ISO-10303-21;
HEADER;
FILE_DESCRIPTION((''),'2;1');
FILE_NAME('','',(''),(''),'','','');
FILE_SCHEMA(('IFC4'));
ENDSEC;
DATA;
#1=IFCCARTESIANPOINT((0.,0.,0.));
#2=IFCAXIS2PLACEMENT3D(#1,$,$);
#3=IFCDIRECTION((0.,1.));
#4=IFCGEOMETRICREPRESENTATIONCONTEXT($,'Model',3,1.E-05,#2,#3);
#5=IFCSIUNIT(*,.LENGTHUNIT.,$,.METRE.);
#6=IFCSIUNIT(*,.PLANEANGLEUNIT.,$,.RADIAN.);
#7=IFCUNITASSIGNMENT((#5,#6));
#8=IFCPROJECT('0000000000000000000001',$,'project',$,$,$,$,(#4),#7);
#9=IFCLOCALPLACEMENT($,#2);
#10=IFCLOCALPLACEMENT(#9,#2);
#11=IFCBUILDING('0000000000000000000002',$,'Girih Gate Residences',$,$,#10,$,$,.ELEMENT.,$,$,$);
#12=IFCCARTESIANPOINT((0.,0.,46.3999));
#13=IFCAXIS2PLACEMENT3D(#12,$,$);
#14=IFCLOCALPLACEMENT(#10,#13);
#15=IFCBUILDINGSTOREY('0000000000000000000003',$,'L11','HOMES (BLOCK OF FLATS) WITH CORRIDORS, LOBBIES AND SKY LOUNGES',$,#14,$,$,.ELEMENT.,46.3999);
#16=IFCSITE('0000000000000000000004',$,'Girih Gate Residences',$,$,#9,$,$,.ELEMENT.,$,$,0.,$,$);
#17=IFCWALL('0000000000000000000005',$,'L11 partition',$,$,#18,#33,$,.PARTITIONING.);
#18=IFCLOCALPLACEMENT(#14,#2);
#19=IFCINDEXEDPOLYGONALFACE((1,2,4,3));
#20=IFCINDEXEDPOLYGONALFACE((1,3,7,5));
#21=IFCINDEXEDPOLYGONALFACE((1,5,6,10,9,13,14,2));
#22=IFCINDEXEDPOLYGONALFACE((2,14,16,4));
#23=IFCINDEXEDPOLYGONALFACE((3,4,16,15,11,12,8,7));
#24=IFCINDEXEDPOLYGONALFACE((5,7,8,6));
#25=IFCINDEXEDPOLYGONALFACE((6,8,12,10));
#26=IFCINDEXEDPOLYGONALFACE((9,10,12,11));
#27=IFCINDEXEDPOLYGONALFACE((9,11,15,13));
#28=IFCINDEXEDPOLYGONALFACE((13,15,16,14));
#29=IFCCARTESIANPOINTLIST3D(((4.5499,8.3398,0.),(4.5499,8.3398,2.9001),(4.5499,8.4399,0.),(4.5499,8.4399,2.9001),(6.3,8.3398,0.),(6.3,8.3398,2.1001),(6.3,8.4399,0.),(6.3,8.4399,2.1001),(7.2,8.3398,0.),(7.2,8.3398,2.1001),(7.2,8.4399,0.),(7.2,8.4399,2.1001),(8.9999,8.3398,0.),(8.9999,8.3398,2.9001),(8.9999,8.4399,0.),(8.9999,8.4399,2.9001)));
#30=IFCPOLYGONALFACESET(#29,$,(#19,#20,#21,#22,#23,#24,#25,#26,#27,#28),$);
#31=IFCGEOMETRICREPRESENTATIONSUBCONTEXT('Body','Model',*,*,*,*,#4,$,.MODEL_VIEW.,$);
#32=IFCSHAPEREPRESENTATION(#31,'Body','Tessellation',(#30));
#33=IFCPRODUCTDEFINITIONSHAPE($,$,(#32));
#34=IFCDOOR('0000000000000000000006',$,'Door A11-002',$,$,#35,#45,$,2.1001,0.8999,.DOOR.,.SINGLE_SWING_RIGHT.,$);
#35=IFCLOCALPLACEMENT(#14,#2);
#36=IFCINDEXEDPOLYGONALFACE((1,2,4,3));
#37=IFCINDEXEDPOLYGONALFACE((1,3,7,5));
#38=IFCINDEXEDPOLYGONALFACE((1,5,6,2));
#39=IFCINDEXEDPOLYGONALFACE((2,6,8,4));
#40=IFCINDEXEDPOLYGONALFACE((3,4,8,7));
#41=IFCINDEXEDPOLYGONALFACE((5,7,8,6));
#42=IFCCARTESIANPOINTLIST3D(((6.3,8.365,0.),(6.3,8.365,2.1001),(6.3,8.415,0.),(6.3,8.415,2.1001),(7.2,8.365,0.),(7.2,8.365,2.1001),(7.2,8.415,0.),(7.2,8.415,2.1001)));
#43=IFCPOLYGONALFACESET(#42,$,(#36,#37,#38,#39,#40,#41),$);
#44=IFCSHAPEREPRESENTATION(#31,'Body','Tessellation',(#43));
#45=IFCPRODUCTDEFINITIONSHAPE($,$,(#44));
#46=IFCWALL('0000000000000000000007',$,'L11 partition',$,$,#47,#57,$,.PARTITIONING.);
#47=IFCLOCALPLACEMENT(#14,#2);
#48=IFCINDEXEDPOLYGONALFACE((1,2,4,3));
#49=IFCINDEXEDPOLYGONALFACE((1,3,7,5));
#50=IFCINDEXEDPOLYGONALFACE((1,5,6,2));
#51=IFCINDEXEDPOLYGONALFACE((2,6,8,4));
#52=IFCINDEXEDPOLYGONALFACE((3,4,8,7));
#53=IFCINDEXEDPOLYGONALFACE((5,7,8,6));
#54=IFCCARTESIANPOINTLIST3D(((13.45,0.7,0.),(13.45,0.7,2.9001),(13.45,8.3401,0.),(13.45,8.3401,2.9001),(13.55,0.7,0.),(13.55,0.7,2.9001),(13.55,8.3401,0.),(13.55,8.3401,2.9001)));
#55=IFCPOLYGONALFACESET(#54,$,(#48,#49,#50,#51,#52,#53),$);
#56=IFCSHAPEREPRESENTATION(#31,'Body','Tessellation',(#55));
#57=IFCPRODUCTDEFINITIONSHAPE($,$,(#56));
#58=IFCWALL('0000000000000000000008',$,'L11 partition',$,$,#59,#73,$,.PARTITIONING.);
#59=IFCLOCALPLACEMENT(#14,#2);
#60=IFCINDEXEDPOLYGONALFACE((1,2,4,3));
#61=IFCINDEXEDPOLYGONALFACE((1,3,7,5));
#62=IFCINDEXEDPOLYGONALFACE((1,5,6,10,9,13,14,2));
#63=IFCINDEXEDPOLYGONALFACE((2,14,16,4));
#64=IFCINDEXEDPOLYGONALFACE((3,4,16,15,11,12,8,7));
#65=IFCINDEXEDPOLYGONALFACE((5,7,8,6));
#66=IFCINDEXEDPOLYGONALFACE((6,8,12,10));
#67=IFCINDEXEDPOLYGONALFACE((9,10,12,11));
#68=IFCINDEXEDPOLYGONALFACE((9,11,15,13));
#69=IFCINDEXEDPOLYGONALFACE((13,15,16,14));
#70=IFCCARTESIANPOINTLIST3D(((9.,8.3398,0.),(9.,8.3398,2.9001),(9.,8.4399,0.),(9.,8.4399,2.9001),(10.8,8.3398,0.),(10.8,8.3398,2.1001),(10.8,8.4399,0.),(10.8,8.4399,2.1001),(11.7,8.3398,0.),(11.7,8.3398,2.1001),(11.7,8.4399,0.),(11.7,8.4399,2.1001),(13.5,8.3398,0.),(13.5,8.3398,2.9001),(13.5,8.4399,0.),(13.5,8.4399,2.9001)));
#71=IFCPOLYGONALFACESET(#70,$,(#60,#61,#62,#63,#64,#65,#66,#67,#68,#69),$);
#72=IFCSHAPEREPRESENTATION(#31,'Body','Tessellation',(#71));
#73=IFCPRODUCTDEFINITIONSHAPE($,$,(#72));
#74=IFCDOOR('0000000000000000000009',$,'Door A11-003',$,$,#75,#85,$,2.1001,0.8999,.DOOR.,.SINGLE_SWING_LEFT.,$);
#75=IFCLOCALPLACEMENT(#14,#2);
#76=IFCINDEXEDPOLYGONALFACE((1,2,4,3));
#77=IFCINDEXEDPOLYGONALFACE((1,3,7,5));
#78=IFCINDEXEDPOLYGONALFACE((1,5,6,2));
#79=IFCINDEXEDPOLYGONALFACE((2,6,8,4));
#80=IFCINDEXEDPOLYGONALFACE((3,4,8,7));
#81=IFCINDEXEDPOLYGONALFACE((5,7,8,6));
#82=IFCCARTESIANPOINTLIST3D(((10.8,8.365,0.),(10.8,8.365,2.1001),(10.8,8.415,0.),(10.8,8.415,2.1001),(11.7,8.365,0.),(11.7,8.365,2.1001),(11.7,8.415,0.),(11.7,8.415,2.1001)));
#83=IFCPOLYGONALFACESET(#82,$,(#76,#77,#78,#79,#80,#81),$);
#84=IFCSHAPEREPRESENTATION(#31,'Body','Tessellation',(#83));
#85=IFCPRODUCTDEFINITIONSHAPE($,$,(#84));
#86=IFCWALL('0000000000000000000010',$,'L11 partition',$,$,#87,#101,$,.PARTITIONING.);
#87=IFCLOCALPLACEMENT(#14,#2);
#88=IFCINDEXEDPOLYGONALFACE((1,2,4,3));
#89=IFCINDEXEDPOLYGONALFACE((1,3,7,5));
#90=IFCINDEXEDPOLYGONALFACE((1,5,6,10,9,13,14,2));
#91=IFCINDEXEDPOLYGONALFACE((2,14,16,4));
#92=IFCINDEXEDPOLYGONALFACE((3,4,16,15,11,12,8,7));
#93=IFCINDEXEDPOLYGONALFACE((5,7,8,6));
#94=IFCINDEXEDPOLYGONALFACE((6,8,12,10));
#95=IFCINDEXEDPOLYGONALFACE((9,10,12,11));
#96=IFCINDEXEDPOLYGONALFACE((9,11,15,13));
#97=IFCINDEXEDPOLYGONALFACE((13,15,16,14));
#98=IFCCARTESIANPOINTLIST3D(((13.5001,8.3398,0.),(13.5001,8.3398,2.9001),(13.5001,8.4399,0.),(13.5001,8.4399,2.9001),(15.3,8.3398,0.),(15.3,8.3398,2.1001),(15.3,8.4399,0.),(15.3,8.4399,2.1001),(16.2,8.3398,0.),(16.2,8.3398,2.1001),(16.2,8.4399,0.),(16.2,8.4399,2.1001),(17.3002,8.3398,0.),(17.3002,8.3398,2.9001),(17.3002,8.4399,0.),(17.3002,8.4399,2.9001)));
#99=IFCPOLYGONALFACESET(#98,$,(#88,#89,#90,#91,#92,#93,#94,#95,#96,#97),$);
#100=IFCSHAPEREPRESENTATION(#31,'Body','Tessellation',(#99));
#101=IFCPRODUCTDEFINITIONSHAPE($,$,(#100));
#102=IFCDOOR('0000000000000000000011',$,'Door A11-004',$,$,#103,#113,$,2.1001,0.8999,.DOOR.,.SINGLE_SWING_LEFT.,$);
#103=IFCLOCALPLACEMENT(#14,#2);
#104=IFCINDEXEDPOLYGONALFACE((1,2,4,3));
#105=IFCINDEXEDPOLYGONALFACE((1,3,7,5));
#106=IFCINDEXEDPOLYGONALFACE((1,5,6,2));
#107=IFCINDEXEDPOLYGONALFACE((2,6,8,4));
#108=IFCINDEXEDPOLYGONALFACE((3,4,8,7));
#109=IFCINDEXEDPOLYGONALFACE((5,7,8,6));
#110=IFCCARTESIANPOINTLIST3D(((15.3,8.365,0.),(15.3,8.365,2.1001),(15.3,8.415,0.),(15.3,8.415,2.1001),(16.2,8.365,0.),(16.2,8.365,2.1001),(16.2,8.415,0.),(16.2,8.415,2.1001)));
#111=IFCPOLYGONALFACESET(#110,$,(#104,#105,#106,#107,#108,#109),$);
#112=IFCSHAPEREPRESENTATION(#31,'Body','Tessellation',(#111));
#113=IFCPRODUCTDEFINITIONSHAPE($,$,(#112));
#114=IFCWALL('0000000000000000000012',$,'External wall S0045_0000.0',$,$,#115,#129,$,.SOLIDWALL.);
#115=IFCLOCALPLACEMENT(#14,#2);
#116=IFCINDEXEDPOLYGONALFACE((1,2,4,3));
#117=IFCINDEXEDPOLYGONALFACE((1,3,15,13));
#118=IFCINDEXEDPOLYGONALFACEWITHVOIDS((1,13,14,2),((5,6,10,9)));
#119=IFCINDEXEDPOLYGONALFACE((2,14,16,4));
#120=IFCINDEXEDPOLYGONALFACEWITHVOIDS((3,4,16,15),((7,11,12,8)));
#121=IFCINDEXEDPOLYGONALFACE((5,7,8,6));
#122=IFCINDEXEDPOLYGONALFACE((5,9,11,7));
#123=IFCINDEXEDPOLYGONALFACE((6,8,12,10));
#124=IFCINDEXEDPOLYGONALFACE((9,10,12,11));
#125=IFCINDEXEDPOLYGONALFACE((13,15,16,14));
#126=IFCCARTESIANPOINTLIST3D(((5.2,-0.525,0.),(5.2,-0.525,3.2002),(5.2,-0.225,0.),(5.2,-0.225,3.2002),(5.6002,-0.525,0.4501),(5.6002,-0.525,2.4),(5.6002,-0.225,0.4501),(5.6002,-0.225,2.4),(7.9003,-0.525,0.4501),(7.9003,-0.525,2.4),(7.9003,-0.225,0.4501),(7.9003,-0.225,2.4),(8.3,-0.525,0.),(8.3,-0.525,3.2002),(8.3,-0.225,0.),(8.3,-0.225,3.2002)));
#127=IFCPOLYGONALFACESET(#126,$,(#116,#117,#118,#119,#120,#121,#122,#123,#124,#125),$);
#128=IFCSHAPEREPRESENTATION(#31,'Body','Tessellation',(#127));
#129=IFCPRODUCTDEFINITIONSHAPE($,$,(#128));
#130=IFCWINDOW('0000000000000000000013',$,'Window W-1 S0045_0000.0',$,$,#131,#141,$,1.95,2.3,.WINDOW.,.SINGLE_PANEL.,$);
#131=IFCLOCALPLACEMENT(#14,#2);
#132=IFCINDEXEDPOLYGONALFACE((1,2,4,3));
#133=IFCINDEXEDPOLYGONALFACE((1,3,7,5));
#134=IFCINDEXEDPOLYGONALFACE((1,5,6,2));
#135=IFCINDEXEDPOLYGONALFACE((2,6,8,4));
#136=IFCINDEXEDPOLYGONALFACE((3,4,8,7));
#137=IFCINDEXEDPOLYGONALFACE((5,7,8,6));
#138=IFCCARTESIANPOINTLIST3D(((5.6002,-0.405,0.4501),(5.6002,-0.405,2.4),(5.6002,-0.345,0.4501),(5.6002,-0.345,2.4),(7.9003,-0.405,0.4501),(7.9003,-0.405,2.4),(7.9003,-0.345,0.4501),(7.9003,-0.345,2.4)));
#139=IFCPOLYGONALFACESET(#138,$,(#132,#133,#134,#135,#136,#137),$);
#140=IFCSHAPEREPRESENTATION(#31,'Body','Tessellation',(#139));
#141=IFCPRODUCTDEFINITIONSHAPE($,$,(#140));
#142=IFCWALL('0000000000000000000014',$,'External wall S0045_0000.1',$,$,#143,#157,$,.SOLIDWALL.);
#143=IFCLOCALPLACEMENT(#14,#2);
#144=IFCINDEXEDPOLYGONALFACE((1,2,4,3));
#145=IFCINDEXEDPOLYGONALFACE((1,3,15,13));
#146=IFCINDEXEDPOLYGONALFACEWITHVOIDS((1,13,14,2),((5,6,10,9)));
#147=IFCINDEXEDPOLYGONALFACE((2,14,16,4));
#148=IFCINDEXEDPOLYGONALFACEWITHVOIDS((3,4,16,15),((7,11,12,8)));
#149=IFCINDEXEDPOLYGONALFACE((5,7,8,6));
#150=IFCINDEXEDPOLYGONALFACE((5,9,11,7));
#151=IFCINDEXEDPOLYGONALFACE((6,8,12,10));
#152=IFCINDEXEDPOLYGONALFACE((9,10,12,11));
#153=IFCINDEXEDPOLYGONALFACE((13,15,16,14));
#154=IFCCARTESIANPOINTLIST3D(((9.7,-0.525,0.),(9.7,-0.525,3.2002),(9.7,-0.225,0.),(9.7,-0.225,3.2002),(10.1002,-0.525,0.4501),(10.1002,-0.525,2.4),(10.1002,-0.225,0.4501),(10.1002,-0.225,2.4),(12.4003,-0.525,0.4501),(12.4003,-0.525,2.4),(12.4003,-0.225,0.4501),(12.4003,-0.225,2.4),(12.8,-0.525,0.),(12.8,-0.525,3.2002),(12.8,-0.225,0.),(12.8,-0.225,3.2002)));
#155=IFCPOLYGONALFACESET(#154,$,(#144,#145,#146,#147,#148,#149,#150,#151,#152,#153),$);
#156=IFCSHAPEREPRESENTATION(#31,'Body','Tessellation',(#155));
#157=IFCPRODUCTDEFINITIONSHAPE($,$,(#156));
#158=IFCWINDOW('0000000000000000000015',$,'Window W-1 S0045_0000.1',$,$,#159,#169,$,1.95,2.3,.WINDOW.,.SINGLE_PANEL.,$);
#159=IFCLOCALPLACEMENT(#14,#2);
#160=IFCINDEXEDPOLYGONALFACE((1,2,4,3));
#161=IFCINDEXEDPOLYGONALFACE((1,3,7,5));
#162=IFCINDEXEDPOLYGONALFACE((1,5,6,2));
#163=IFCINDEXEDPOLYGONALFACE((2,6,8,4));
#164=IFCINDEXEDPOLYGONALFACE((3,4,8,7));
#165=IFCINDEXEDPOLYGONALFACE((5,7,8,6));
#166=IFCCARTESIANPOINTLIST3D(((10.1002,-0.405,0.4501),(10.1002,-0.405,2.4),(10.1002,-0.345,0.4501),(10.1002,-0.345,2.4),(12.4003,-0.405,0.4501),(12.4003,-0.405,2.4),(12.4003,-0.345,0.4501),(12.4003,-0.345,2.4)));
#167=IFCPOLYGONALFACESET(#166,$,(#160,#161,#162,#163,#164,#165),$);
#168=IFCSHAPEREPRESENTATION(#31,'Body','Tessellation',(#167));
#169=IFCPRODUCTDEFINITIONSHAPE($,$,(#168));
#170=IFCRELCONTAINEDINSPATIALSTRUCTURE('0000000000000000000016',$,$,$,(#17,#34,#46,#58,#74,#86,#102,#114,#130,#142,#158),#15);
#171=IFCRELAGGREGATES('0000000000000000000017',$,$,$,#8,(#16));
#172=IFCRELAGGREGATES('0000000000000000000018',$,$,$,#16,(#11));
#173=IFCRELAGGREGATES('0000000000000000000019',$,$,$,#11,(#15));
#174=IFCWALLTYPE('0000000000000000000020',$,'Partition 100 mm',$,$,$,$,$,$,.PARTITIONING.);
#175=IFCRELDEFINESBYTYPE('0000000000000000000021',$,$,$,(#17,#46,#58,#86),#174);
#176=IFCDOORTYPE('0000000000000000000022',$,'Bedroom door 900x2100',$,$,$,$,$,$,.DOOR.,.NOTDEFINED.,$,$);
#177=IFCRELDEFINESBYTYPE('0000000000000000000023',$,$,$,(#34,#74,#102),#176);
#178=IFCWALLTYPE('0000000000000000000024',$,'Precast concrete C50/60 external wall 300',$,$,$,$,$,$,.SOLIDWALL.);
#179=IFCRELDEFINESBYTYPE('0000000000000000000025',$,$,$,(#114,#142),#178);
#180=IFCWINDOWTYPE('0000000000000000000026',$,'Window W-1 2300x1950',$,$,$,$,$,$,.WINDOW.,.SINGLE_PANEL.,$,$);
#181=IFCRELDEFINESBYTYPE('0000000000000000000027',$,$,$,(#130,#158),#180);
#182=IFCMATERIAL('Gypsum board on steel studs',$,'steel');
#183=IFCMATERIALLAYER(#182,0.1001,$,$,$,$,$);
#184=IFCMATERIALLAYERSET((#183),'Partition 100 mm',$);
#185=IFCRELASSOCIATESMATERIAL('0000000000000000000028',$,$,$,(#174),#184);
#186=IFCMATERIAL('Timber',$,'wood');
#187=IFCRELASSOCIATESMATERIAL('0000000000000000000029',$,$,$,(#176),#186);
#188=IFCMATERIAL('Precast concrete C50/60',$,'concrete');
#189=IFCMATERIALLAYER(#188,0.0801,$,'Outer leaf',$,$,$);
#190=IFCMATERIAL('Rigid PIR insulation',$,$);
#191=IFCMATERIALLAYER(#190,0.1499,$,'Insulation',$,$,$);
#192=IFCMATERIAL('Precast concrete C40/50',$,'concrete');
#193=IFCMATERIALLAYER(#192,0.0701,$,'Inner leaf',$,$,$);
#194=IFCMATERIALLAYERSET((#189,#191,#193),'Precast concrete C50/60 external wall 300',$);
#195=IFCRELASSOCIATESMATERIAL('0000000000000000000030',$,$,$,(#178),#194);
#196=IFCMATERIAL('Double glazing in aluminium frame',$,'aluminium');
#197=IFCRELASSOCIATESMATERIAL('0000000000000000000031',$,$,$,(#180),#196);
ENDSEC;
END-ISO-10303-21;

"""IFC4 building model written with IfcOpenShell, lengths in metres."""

from ifc_helpers import new_model, si_unit, direction, frame, frame_2d, origin, place, context, subcontext, project, spatial, rectangle, extrude, material, layer, layer_set, type_object, element, fill, save


model = new_model("IFC4")

# Units and contexts
model_context = context("Model", 3, precision=1e-05, world=origin(), true_north=direction((0.0, 1.0)))
body_context = subcontext(model_context, "Body", "Model", "MODEL_VIEW")
ifc_project = project(units=[si_unit("LENGTHUNIT", "METRE"), si_unit("PLANEANGLEUNIT", "RADIAN")], contexts=[model_context])

# Site, building, storey
site_placement = place(None, origin())
site = spatial("IfcSite", under=ifc_project, at=site_placement, Name="Girih Gate Residences", CompositionType="ELEMENT", RefElevation=0.0)
building_placement = place(site_placement, origin())
building = spatial("IfcBuilding", under=site, at=building_placement, Name="Girih Gate Residences", CompositionType="ELEMENT")
storey_placement = place(building_placement, frame((0.0, 0.0, 46.3999)))
storey = spatial("IfcBuildingStorey", under=building, at=storey_placement, Name="L11", Description="HOMES (BLOCK OF FLATS) WITH CORRIDORS, LOBBIES AND SKY LOUNGES", CompositionType="ELEMENT", Elevation=46.3999)

# Shared definitions
ifc_material_1 = material(Name="Gypsum board on steel studs", Category="steel")
ifc_layer_1 = layer(ifc_material_1, 0.1001)
ifc_layer_set_1 = layer_set([ifc_layer_1], Name="Partition 100 mm")
wall_type_1 = type_object("IfcWallType", Name="Partition 100 mm", PredefinedType="PARTITIONING", material=ifc_layer_set_1)

# Wall, opening, door
wall_1_placement = place(storey_placement, frame((9.0, 8.3899, 0.0), z_axis=(0.0, 0.0, 1.0), x_axis=(-1.0, 0.0, 0.0)))
wall_1 = element("IfcWall", 1, at=wall_1_placement, inside=storey, type_object=wall_type_1, Name="L11 partition", PredefinedType="PARTITIONING", context=body_context, shape_type="SweptSolid", body=[
    extrude(rectangle(XDim=4.45, YDim=0.1001, at=frame_2d((2.2251, 0.0))), origin(), (0.0, 0.0, 1.0), 2.9001),
])
opening_1_placement = place(wall_1_placement, frame((1.8, 0.0, 0.0)))
opening_1 = element("IfcOpeningElement", 2, at=opening_1_placement, cuts=wall_1, PredefinedType="OPENING", context=body_context, shape_type="SweptSolid", body=[
    extrude(rectangle(XDim=0.8999, YDim=2.1001, at=frame_2d((0.45, 1.05))), frame((0.0, 0.0601, 0.0), z_axis=(0.0, -1.0, 0.0), x_axis=(1.0, 0.0, 0.0)), (0.0, 0.0, 1.0), 0.1201),
])
ifc_material_2 = material(Name="Timber", Category="wood")
door_type = type_object("IfcDoorType", Name="Bedroom door 900x2100", OperationType="NOTDEFINED", PredefinedType="DOOR", material=ifc_material_2)
door_1_placement = place(opening_1_placement, origin())
door_1 = element("IfcDoor", 3, at=door_1_placement, inside=storey, type_object=door_type, Name="Door A11-002", OperationType="SINGLE_SWING_RIGHT", OverallHeight=2.1001, OverallWidth=0.8999, PredefinedType="DOOR", context=body_context, shape_type="SweptSolid", body=[
    extrude(rectangle(XDim=0.8999, YDim=2.1001, at=frame_2d((0.45, 1.05))), frame((0.0, 0.0249, 0.0), z_axis=(0.0, -1.0, 0.0), x_axis=(1.0, 0.0, 0.0)), (0.0, 0.0, 1.0), 0.05),
])
fill(opening_1, door_1)

# Wall
wall_2_placement = place(storey_placement, frame((13.5, 0.7, 0.0), z_axis=(0.0, 0.0, 1.0), x_axis=(0.0, 1.0, 0.0)))
element("IfcWall", 4, at=wall_2_placement, inside=storey, type_object=wall_type_1, Name="L11 partition", PredefinedType="PARTITIONING", context=body_context, shape_type="SweptSolid", body=[
    extrude(rectangle(XDim=7.6401, YDim=0.1001, at=frame_2d((3.8201, 0.0))), origin(), (0.0, 0.0, 1.0), 2.9001),
])

# Walls, openings, doors
wall_3_placement = place(storey_placement, frame((13.5, 8.3899, 0.0), z_axis=(0.0, 0.0, 1.0), x_axis=(-1.0, 0.0, 0.0)))
wall_3 = element("IfcWall", 5, at=wall_3_placement, inside=storey, type_object=wall_type_1, Name="L11 partition", PredefinedType="PARTITIONING", context=body_context, shape_type="SweptSolid", body=[
    extrude(rectangle(XDim=4.5, YDim=0.1001, at=frame_2d((2.25, 0.0))), origin(), (0.0, 0.0, 1.0), 2.9001),
])
opening_2_placement = place(wall_3_placement, frame((1.8, 0.0, 0.0)))
opening_2 = element("IfcOpeningElement", 6, at=opening_2_placement, cuts=wall_3, PredefinedType="OPENING", context=body_context, shape_type="SweptSolid", body=[
    extrude(rectangle(XDim=0.8999, YDim=2.1001, at=frame_2d((0.45, 1.05))), frame((0.0, 0.0601, 0.0), z_axis=(0.0, -1.0, 0.0), x_axis=(1.0, 0.0, 0.0)), (0.0, 0.0, 1.0), 0.1201),
])
door_2_placement = place(opening_2_placement, origin())
door_2 = element("IfcDoor", 7, at=door_2_placement, inside=storey, type_object=door_type, Name="Door A11-003", OperationType="SINGLE_SWING_LEFT", OverallHeight=2.1001, OverallWidth=0.8999, PredefinedType="DOOR", context=body_context, shape_type="SweptSolid", body=[
    extrude(rectangle(XDim=0.8999, YDim=2.1001, at=frame_2d((0.45, 1.05))), frame((0.0, 0.0249, 0.0), z_axis=(0.0, -1.0, 0.0), x_axis=(1.0, 0.0, 0.0)), (0.0, 0.0, 1.0), 0.05),
])
fill(opening_2, door_2)
wall_4_placement = place(storey_placement, frame((17.3, 8.3899, 0.0), z_axis=(0.0, 0.0, 1.0), x_axis=(-1.0, 0.0, 0.0)))
wall_4 = element("IfcWall", 8, at=wall_4_placement, inside=storey, type_object=wall_type_1, Name="L11 partition", PredefinedType="PARTITIONING", context=body_context, shape_type="SweptSolid", body=[
    extrude(rectangle(XDim=3.8, YDim=0.1001, at=frame_2d((1.8999, 0.0))), origin(), (0.0, 0.0, 1.0), 2.9001),
])
opening_3_placement = place(wall_4_placement, frame((1.1001, 0.0, 0.0)))
opening_3 = element("IfcOpeningElement", 9, at=opening_3_placement, cuts=wall_4, PredefinedType="OPENING", context=body_context, shape_type="SweptSolid", body=[
    extrude(rectangle(XDim=0.8999, YDim=2.1001, at=frame_2d((0.45, 1.05))), frame((0.0, 0.0601, 0.0), z_axis=(0.0, -1.0, 0.0), x_axis=(1.0, 0.0, 0.0)), (0.0, 0.0, 1.0), 0.1201),
])
door_3_placement = place(opening_3_placement, origin())
door_3 = element("IfcDoor", 10, at=door_3_placement, inside=storey, type_object=door_type, Name="Door A11-004", OperationType="SINGLE_SWING_LEFT", OverallHeight=2.1001, OverallWidth=0.8999, PredefinedType="DOOR", context=body_context, shape_type="SweptSolid", body=[
    extrude(rectangle(XDim=0.8999, YDim=2.1001, at=frame_2d((0.45, 1.05))), frame((0.0, 0.0249, 0.0), z_axis=(0.0, -1.0, 0.0), x_axis=(1.0, 0.0, 0.0)), (0.0, 0.0, 1.0), 0.05),
])
fill(opening_3, door_3)

# Walls, openings, windows
ifc_material_3 = material(Name="Precast concrete C50/60", Category="concrete")
ifc_layer_2 = layer(ifc_material_3, 0.0801, Name="Outer leaf")
ifc_material_4 = material(Name="Rigid PIR insulation")
ifc_layer_3 = layer(ifc_material_4, 0.1499, Name="Insulation")
ifc_material_5 = material(Name="Precast concrete C40/50", Category="concrete")
ifc_layer_4 = layer(ifc_material_5, 0.0701, Name="Inner leaf")
ifc_layer_set_2 = layer_set([ifc_layer_2, ifc_layer_3, ifc_layer_4], Name="Precast concrete C50/60 external wall 300")
wall_type_2 = type_object("IfcWallType", Name="Precast concrete C50/60 external wall 300", PredefinedType="SOLIDWALL", material=ifc_layer_set_2)
wall_5_placement = place(storey_placement, frame((8.3, -0.375, 0.0), z_axis=(0.0, 0.0, 1.0), x_axis=(-1.0, 0.0, 0.0)))
wall_5 = element("IfcWall", 11, at=wall_5_placement, inside=storey, type_object=wall_type_2, Name="External wall S0045_0000.0", PredefinedType="SOLIDWALL", context=body_context, shape_type="SweptSolid", body=[
    extrude(rectangle(XDim=3.1001, YDim=0.3, at=frame_2d((1.55, 0.0))), origin(), (0.0, 0.0, 1.0), 3.2002),
])
opening_4_placement = place(wall_5_placement, frame((0.3999, 0.0, 0.45)))
opening_4 = element("IfcOpeningElement", 12, at=opening_4_placement, cuts=wall_5, PredefinedType="OPENING", context=body_context, shape_type="SweptSolid", body=[
    extrude(rectangle(XDim=2.3, YDim=1.95, at=frame_2d((1.1499, 0.9751))), frame((0.0, 0.1599, 0.0), z_axis=(0.0, -1.0, 0.0), x_axis=(1.0, 0.0, 0.0)), (0.0, 0.0, 1.0), 0.3201),
])
ifc_material_6 = material(Name="Double glazing in aluminium frame", Category="aluminium")
window_type = type_object("IfcWindowType", Name="Window W-1 2300x1950", PartitioningType="SINGLE_PANEL", PredefinedType="WINDOW", material=ifc_material_6)
window_1_placement = place(opening_4_placement, origin())
window_1 = element("IfcWindow", 13, at=window_1_placement, inside=storey, type_object=window_type, Name="Window W-1 S0045_0000.0", OverallHeight=1.95, OverallWidth=2.3, PartitioningType="SINGLE_PANEL", PredefinedType="WINDOW", context=body_context, shape_type="SweptSolid", body=[
    extrude(rectangle(XDim=2.3, YDim=1.95, at=frame_2d((1.1499, 0.9751))), frame((0.0, 0.03, 0.0), z_axis=(0.0, -1.0, 0.0), x_axis=(1.0, 0.0, 0.0)), (0.0, 0.0, 1.0), 0.0601),
])
fill(opening_4, window_1)
wall_6_placement = place(storey_placement, frame((12.8, -0.375, 0.0), z_axis=(0.0, 0.0, 1.0), x_axis=(-1.0, 0.0, 0.0)))
wall_6 = element("IfcWall", 14, at=wall_6_placement, inside=storey, type_object=wall_type_2, Name="External wall S0045_0000.1", PredefinedType="SOLIDWALL", context=body_context, shape_type="SweptSolid", body=[
    extrude(rectangle(XDim=3.1001, YDim=0.3, at=frame_2d((1.55, 0.0))), origin(), (0.0, 0.0, 1.0), 3.2002),
])
opening_5_placement = place(wall_6_placement, frame((0.3999, 0.0, 0.45)))
opening_5 = element("IfcOpeningElement", 15, at=opening_5_placement, cuts=wall_6, PredefinedType="OPENING", context=body_context, shape_type="SweptSolid", body=[
    extrude(rectangle(XDim=2.3, YDim=1.95, at=frame_2d((1.1499, 0.9751))), frame((0.0, 0.1599, 0.0), z_axis=(0.0, -1.0, 0.0), x_axis=(1.0, 0.0, 0.0)), (0.0, 0.0, 1.0), 0.3201),
])
window_2_placement = place(opening_5_placement, origin())
window_2 = element("IfcWindow", 16, at=window_2_placement, inside=storey, type_object=window_type, Name="Window W-1 S0045_0000.1", OverallHeight=1.95, OverallWidth=2.3, PartitioningType="SINGLE_PANEL", PredefinedType="WINDOW", context=body_context, shape_type="SweptSolid", body=[
    extrude(rectangle(XDim=2.3, YDim=1.95, at=frame_2d((1.1499, 0.9751))), frame((0.0, 0.03, 0.0), z_axis=(0.0, -1.0, 0.0), x_axis=(1.0, 0.0, 0.0)), (0.0, 0.0, 1.0), 0.0601),
])
fill(opening_5, window_2)

save(model, "model.ifc")
